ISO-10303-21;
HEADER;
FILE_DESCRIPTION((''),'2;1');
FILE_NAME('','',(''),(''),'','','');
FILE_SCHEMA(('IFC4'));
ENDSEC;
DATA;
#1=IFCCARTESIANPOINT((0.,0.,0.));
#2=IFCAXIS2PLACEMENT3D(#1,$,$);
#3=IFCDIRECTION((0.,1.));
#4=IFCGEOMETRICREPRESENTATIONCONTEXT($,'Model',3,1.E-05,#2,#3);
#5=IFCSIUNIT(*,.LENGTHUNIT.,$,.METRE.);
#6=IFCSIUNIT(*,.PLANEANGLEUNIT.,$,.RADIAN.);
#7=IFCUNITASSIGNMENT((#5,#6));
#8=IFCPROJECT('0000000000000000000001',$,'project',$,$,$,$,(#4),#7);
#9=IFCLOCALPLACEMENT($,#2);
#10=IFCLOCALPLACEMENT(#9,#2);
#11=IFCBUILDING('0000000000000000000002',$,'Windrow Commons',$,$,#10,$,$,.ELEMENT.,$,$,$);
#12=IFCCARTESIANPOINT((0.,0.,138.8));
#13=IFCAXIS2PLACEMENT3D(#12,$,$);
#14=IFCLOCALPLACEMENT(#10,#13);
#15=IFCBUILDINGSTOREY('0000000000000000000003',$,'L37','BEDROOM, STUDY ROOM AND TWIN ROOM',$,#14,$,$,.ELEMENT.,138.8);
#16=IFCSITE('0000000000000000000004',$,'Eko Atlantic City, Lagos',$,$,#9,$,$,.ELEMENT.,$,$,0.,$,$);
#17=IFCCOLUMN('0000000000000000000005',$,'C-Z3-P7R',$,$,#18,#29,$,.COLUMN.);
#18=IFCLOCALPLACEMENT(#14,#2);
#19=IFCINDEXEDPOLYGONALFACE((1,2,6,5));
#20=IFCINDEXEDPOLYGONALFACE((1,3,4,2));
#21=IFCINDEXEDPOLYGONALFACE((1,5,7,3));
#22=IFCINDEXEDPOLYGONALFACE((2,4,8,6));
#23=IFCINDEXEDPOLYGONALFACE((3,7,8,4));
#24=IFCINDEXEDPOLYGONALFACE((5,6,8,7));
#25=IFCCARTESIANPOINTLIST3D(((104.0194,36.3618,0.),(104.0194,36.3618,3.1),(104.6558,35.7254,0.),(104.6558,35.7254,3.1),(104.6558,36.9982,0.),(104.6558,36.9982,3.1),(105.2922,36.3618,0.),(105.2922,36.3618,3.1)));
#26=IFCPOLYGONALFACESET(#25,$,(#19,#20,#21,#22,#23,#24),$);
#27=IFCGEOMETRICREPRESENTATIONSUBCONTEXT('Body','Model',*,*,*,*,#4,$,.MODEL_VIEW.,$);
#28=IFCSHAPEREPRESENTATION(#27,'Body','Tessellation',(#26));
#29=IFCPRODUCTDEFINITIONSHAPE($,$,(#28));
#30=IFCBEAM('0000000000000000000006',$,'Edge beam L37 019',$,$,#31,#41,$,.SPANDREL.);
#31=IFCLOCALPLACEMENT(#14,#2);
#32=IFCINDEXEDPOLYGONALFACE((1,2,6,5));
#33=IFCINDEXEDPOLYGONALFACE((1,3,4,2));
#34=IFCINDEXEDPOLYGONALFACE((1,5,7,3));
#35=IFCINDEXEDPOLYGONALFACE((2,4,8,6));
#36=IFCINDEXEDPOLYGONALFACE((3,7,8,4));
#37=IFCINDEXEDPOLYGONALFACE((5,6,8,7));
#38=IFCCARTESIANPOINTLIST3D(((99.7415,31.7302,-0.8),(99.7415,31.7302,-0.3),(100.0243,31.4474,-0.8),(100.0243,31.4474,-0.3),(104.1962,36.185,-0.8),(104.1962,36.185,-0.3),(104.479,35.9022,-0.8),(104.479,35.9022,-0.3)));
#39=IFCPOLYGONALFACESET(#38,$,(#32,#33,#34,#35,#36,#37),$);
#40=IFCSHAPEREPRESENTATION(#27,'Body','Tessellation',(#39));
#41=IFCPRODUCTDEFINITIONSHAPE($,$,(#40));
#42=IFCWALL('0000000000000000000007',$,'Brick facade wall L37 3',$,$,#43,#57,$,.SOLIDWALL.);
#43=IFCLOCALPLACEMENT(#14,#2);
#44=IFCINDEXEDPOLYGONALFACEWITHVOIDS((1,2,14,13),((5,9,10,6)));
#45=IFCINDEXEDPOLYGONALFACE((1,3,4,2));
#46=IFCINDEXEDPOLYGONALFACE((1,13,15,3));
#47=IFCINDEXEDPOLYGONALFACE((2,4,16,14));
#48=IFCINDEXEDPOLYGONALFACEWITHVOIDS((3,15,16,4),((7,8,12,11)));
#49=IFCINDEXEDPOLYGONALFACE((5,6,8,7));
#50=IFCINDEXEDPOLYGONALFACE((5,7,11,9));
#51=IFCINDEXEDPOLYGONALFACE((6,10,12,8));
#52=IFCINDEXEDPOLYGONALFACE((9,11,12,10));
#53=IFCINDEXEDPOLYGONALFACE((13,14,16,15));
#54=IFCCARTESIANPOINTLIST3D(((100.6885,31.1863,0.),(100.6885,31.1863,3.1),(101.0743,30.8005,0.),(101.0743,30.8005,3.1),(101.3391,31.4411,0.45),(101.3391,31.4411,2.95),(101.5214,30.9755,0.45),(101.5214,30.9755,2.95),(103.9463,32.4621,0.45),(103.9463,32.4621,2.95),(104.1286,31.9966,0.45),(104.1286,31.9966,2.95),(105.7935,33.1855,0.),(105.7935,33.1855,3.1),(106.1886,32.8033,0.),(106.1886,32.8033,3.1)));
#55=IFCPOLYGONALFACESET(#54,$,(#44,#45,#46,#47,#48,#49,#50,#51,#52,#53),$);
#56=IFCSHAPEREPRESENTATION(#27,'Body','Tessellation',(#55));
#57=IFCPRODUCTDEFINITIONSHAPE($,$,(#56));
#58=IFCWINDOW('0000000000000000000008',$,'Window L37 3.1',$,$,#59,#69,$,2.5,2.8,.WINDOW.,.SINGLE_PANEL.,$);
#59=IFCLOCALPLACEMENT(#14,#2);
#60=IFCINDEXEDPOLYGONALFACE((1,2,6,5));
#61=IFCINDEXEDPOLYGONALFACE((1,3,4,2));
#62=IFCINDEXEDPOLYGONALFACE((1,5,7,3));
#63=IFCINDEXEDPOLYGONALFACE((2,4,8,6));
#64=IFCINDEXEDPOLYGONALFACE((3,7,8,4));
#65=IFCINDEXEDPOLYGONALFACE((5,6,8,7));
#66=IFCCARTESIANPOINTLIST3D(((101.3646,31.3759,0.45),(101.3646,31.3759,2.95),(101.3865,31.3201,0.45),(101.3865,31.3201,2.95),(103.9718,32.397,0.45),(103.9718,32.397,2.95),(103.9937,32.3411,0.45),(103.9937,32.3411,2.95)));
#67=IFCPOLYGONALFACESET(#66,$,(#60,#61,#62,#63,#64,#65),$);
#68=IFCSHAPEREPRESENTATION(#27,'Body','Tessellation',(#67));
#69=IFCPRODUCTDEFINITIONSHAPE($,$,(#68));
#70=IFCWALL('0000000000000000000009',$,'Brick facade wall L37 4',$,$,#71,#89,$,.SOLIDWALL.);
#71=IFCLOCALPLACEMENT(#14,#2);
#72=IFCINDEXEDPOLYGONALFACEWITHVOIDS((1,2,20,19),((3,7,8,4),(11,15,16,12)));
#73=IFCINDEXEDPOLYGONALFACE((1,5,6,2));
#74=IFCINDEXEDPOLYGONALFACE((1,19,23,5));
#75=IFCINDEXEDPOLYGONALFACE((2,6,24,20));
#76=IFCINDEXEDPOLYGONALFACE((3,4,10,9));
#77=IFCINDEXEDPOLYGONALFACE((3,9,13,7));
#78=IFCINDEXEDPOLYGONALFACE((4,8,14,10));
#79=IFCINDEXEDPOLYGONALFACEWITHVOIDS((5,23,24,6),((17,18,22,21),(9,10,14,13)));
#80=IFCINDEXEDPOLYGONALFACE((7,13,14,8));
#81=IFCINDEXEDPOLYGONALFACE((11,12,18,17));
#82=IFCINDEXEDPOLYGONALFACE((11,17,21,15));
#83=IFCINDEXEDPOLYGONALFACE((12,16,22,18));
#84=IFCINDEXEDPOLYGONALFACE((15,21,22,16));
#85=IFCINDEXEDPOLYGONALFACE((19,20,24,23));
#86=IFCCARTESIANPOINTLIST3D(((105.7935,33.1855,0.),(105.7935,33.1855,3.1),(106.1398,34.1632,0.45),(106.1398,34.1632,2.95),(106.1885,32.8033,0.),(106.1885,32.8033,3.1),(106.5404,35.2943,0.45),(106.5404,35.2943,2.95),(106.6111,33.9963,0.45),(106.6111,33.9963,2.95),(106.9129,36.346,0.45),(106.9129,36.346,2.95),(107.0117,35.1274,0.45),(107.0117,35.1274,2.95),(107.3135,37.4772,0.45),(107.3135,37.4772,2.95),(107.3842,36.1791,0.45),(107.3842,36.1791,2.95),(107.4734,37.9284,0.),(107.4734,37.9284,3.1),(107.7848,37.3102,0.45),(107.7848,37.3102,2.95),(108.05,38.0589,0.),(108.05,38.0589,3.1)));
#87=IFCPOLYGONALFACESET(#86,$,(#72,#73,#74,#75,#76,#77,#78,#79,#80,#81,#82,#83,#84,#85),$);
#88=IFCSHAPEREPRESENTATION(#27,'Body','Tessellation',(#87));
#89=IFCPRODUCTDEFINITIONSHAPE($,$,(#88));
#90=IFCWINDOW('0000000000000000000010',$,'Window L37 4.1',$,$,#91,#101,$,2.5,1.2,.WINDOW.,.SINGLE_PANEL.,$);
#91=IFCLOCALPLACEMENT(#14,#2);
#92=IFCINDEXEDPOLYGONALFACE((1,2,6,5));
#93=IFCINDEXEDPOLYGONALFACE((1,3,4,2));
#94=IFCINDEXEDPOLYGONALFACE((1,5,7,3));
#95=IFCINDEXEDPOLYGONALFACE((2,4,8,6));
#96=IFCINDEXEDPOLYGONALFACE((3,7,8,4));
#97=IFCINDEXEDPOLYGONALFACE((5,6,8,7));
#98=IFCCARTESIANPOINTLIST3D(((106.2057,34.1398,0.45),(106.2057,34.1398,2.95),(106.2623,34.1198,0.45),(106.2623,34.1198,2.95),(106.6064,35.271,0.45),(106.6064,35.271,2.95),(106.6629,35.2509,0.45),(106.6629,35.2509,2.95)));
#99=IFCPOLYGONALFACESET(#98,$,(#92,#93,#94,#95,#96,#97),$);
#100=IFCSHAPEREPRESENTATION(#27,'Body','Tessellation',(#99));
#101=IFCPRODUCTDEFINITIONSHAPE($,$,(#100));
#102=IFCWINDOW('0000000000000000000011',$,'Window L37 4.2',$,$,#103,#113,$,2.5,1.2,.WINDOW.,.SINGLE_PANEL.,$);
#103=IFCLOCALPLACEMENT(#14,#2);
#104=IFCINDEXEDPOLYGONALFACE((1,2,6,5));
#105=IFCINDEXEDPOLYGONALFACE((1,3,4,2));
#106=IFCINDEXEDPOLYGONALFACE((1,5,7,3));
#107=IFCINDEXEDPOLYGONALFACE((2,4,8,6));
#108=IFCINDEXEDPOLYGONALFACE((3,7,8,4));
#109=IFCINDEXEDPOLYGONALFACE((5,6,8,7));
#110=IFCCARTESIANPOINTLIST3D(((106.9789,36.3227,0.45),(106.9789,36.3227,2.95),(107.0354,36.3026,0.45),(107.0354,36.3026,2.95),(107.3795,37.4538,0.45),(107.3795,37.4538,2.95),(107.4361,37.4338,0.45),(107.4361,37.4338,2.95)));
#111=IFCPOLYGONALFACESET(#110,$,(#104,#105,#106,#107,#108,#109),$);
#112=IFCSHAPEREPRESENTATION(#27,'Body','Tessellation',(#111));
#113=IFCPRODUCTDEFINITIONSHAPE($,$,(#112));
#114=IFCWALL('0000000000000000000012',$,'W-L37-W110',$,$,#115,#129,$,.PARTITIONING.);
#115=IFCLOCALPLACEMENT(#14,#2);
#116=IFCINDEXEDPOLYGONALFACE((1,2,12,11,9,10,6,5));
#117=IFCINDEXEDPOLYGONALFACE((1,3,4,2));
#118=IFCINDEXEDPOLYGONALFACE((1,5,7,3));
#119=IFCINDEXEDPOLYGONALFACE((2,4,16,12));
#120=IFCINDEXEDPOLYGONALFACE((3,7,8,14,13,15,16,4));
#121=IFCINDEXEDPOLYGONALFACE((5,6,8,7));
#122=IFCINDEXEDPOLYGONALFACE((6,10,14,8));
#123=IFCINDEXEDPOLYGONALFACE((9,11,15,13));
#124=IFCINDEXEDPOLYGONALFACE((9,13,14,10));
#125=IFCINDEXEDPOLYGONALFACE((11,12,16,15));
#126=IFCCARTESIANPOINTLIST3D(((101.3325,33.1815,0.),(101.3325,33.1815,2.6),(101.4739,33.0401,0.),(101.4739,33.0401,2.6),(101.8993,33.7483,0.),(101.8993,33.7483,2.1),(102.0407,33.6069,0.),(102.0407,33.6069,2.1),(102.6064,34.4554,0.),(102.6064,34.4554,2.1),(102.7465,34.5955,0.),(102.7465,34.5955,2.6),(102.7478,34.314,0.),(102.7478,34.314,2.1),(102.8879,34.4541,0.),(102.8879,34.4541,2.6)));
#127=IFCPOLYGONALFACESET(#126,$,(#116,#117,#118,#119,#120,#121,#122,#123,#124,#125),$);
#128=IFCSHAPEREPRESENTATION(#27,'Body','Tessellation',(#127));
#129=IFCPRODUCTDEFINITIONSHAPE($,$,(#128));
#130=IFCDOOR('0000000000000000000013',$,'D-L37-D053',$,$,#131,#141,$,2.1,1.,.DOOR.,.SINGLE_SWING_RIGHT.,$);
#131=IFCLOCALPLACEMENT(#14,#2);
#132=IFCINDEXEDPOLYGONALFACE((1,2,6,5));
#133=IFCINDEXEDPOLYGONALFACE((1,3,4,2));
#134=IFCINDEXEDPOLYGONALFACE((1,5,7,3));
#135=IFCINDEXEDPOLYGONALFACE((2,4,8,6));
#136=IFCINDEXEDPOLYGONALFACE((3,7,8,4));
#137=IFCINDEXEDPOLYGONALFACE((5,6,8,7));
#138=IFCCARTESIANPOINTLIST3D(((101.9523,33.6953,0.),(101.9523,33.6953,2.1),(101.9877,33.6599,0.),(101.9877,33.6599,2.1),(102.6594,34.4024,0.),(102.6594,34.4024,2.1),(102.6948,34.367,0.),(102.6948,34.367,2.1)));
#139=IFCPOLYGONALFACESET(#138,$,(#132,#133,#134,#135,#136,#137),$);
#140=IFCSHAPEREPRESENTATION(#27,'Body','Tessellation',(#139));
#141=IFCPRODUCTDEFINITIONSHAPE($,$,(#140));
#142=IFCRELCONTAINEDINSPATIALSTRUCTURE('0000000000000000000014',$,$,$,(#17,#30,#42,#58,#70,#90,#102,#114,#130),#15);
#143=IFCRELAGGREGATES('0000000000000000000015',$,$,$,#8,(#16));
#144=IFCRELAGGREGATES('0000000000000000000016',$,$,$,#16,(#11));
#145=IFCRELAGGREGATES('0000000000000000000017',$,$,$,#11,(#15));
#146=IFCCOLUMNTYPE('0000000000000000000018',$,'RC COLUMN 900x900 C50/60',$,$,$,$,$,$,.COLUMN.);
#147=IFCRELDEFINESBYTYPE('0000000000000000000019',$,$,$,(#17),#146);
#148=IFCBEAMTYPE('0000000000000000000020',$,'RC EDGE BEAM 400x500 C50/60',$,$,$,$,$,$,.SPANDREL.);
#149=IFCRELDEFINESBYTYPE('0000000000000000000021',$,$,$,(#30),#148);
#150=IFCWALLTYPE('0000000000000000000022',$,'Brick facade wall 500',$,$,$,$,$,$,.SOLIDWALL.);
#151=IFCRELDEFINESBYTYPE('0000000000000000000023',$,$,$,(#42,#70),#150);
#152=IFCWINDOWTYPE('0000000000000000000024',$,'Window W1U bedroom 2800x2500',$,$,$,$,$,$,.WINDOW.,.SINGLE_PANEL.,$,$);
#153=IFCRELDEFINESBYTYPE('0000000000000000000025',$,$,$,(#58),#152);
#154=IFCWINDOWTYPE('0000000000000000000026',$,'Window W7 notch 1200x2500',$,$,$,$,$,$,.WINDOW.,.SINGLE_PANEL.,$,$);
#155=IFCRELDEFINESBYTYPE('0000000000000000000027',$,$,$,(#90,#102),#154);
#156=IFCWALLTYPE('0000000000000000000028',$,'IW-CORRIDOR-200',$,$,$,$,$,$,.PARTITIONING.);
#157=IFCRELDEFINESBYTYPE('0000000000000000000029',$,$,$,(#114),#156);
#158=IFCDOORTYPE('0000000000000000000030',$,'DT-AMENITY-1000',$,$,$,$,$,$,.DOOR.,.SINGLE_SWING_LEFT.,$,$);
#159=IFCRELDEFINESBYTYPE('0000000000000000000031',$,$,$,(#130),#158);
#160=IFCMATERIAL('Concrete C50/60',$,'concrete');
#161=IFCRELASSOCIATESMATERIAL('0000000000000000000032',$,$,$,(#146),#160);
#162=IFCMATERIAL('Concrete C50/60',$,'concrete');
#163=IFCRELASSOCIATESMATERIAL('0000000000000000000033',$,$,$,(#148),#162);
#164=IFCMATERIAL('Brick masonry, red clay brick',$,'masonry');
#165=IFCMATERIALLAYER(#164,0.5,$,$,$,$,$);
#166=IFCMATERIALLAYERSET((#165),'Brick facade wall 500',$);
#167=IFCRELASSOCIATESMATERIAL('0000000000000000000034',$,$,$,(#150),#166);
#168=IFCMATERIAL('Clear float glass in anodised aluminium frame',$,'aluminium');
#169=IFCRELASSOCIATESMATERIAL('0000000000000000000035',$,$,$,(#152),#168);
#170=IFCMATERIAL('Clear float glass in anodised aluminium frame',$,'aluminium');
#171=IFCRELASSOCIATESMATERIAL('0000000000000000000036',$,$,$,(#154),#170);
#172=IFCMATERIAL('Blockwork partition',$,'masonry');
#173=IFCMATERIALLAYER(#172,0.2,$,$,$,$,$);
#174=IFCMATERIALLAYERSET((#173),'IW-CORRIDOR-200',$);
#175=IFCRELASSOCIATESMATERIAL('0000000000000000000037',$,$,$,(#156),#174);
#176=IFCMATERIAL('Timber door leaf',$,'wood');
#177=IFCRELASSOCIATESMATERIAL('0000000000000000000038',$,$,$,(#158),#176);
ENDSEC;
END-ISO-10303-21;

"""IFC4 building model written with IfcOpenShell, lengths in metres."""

from ifc_helpers import new_model, si_unit, direction, frame, frame_2d, origin, origin_2d, place, context, subcontext, project, spatial, polyline, rectangle, outline, extrude, material, layer, layer_set, material_profile, profile_set, type_object, element, fill, save


model = new_model("IFC4")

# Units and contexts
model_context = context("Model", 3, precision=1e-05, world=origin(), true_north=direction((0.0, 1.0)))
body_context = subcontext(model_context, "Body", "Model", "MODEL_VIEW")
ifc_project = project(units=[si_unit("LENGTHUNIT", "METRE"), si_unit("PLANEANGLEUNIT", "RADIAN")], contexts=[model_context])

# Site, building, storey
site_placement = place(None, origin())
site = spatial("IfcSite", under=ifc_project, at=site_placement, Name="Eko Atlantic City, Lagos", CompositionType="ELEMENT", RefElevation=0.0)
building_placement = place(site_placement, origin())
building = spatial("IfcBuilding", under=site, at=building_placement, Name="Windrow Commons", CompositionType="ELEMENT")
storey_placement = place(building_placement, frame((0.0, 0.0, 138.8)))
storey = spatial("IfcBuildingStorey", under=building, at=storey_placement, Name="L37", Description="BEDROOM, STUDY ROOM AND TWIN ROOM", CompositionType="ELEMENT", Elevation=138.8)

# Column
ifc_material_1 = material(Name="Concrete C50/60", Category="concrete")
ifc_material_profile_1 = material_profile(ifc_material_1, rectangle(XDim=0.9, YDim=0.9, at=origin_2d()))
ifc_profile_set_1 = profile_set([ifc_material_profile_1], Name="Concrete C50/60")
column_type = type_object("IfcColumnType", Name="RC COLUMN 900x900 C50/60", PredefinedType="COLUMN", material=ifc_profile_set_1)
column_placement = place(storey_placement, frame((104.6558, 36.3618, 0.0), z_axis=(0.0, 0.0, 1.0), x_axis=(0.707107, -0.707107, 0.0)))
element("IfcColumn", 1, at=column_placement, inside=storey, type_object=column_type, Name="C-Z3-P7R", PredefinedType="COLUMN", context=body_context, shape_type="SweptSolid", body=[
    extrude(rectangle(XDim=0.9, YDim=0.9, at=origin_2d()), origin(), (0.0, 0.0, 1.0), 3.1),
])

# Beam
ifc_material_2 = material(Name="Concrete C50/60", Category="concrete")
ifc_material_profile_2 = material_profile(ifc_material_2, rectangle(XDim=0.4, YDim=0.5, at=origin_2d()))
ifc_profile_set_2 = profile_set([ifc_material_profile_2], Name="Concrete C50/60")
beam_type = type_object("IfcBeamType", Name="RC EDGE BEAM 400x500 C50/60", PredefinedType="SPANDREL", material=ifc_profile_set_2)
beam_placement = place(storey_placement, frame((104.3376, 36.0436, -0.55), z_axis=(-0.707099, -0.707115, 0.0), x_axis=(0.707115, -0.707099, 0.0)))
element("IfcBeam", 2, at=beam_placement, inside=storey, type_object=beam_type, Name="Edge beam L37 019", PredefinedType="SPANDREL", context=body_context, shape_type="SweptSolid", body=[
    extrude(rectangle(XDim=0.4, YDim=0.5, at=origin_2d()), origin(), (0.0, 0.0, 1.0), 6.3),
])

# Wall, opening, window
ifc_material_3 = material(Name="Brick masonry, red clay brick", Category="masonry")
ifc_layer_1 = layer(ifc_material_3, 0.5)
ifc_layer_set_1 = layer_set([ifc_layer_1], Name="Brick facade wall 500")
wall_type_1 = type_object("IfcWallType", Name="Brick facade wall 500", PredefinedType="SOLIDWALL", material=ifc_layer_set_1)
wall_1_placement = place(storey_placement, frame((100.8814, 30.9934, 0.0), z_axis=(0.0, 0.0, 1.0), x_axis=(0.931144, 0.364651, 0.0)))
wall_1 = element("IfcWall", 3, at=wall_1_placement, inside=storey, type_object=wall_type_1, Name="Brick facade wall L37 3", PredefinedType="SOLIDWALL", context=body_context, shape_type="SweptSolid", body=[
    extrude(outline(polyline([(0.1093, -0.25), (5.6017, -0.25), (5.3732, 0.25), (-0.1093, 0.25), (0.1093, -0.25)])), origin(), (0.0, 0.0, 1.0), 3.1),
])
opening_1_placement = place(wall_1_placement, frame((0.5894, 0.0, 0.45)))
opening_1 = element("IfcOpeningElement", 4, at=opening_1_placement, cuts=wall_1, PredefinedType="OPENING", context=body_context, shape_type="SweptSolid", body=[
    extrude(rectangle(XDim=2.8, YDim=2.5, at=frame_2d((1.4, 1.25))), frame((0.0, 0.26, 0.0), z_axis=(0.0, -1.0, 0.0), x_axis=(1.0, 0.0, 0.0)), (0.0, 0.0, 1.0), 0.52),
])
ifc_material_4 = material(Name="Clear float glass in anodised aluminium frame", Category="aluminium")
window_type_1 = type_object("IfcWindowType", Name="Window W1U bedroom 2800x2500", PartitioningType="SINGLE_PANEL", PredefinedType="WINDOW", material=ifc_material_4)
window_1_placement = place(opening_1_placement, origin())
window_1 = element("IfcWindow", 5, at=window_1_placement, inside=storey, type_object=window_type_1, Name="Window L37 3.1", OverallHeight=2.5, OverallWidth=2.8, PartitioningType="SINGLE_PANEL", PredefinedType="WINDOW", context=body_context, shape_type="SweptSolid", body=[
    extrude(rectangle(XDim=2.8, YDim=2.5, at=frame_2d((1.4, 1.25))), frame((0.0, 0.18, 0.0), z_axis=(0.0, -1.0, 0.0), x_axis=(1.0, 0.0, 0.0)), (0.0, 0.0, 1.0), 0.06),
])
fill(opening_1, window_1)

# Wall, openings, windows
wall_2_placement = place(storey_placement, frame((105.991, 32.9944, 0.0), z_axis=(0.0, 0.0, 1.0), x_axis=(0.333866, 0.94262, 0.0)))
wall_2 = element("IfcWall", 6, at=wall_2_placement, inside=storey, type_object=wall_type_1, Name="Brick facade wall L37 4", PredefinedType="SOLIDWALL", context=body_context, shape_type="SweptSolid", body=[
    extrude(outline(polyline([(-0.1142, -0.25), (5.4613, -0.25), (5.1458, 0.25), (0.1142, 0.25), (-0.1142, -0.25)])), origin(), (0.0, 0.0, 1.0), 3.1),
])
opening_2_placement = place(wall_2_placement, frame((1.1514, 0.0, 0.45)))
opening_2 = element("IfcOpeningElement", 7, at=opening_2_placement, cuts=wall_2, PredefinedType="OPENING", context=body_context, shape_type="SweptSolid", body=[
    extrude(rectangle(XDim=1.2, YDim=2.5, at=frame_2d((0.6, 1.25))), frame((0.0, 0.26, 0.0), z_axis=(0.0, -1.0, 0.0), x_axis=(1.0, 0.0, 0.0)), (0.0, 0.0, 1.0), 0.52),
])
opening_3_placement = place(wall_2_placement, frame((3.4671, 0.0, 0.45)))
opening_3 = element("IfcOpeningElement", 8, at=opening_3_placement, cuts=wall_2, PredefinedType="OPENING", context=body_context, shape_type="SweptSolid", body=[
    extrude(rectangle(XDim=1.2, YDim=2.5, at=frame_2d((0.6, 1.25))), frame((0.0, 0.26, 0.0), z_axis=(0.0, -1.0, 0.0), x_axis=(1.0, 0.0, 0.0)), (0.0, 0.0, 1.0), 0.52),
])
ifc_material_5 = material(Name="Clear float glass in anodised aluminium frame", Category="aluminium")
window_type_2 = type_object("IfcWindowType", Name="Window W7 notch 1200x2500", PartitioningType="SINGLE_PANEL", PredefinedType="WINDOW", material=ifc_material_5)
window_2_placement = place(opening_2_placement, origin())
window_2 = element("IfcWindow", 9, at=window_2_placement, inside=storey, type_object=window_type_2, Name="Window L37 4.1", OverallHeight=2.5, OverallWidth=1.2, PartitioningType="SINGLE_PANEL", PredefinedType="WINDOW", context=body_context, shape_type="SweptSolid", body=[
    extrude(rectangle(XDim=1.2, YDim=2.5, at=frame_2d((0.6, 1.25))), frame((0.0, 0.18, 0.0), z_axis=(0.0, -1.0, 0.0), x_axis=(1.0, 0.0, 0.0)), (0.0, 0.0, 1.0), 0.06),
])
fill(opening_2, window_2)
window_3_placement = place(opening_3_placement, origin())
window_3 = element("IfcWindow", 10, at=window_3_placement, inside=storey, type_object=window_type_2, Name="Window L37 4.2", OverallHeight=2.5, OverallWidth=1.2, PartitioningType="SINGLE_PANEL", PredefinedType="WINDOW", context=body_context, shape_type="SweptSolid", body=[
    extrude(rectangle(XDim=1.2, YDim=2.5, at=frame_2d((0.6, 1.25))), frame((0.0, 0.18, 0.0), z_axis=(0.0, -1.0, 0.0), x_axis=(1.0, 0.0, 0.0)), (0.0, 0.0, 1.0), 0.06),
])
fill(opening_3, window_3)

# Wall, opening, door
ifc_material_6 = material(Name="Blockwork partition", Category="masonry")
ifc_layer_2 = layer(ifc_material_6, 0.2)
ifc_layer_set_2 = layer_set([ifc_layer_2], Name="IW-CORRIDOR-200")
wall_type_2 = type_object("IfcWallType", Name="IW-CORRIDOR-200", PredefinedType="PARTITIONING", material=ifc_layer_set_2)
wall_3_placement = place(storey_placement, frame((101.4032, 33.1108, 0.0), z_axis=(0.0, 0.0, 1.0), x_axis=(0.707107, 0.707107, 0.0)))
wall_3 = element("IfcWall", 11, at=wall_3_placement, inside=storey, type_object=wall_type_2, Name="W-L37-W110", PredefinedType="PARTITIONING", context=body_context, shape_type="SweptSolid", body=[
    extrude(rectangle(XDim=1.9997, YDim=0.2, at=frame_2d((0.9999, 0.0))), origin(), (0.0, 0.0, 1.0), 2.6),
])
opening_4_placement = place(wall_3_placement, frame((0.8016, 0.0, 0.0)))
opening_4 = element("IfcOpeningElement", 12, at=opening_4_placement, cuts=wall_3, PredefinedType="OPENING", context=body_context, shape_type="SweptSolid", body=[
    extrude(rectangle(XDim=1.0, YDim=2.1, at=frame_2d((0.5, 1.05))), frame((0.0, 0.11, 0.0), z_axis=(0.0, -1.0, 0.0), x_axis=(1.0, 0.0, 0.0)), (0.0, 0.0, 1.0), 0.22),
])
ifc_material_7 = material(Name="Timber door leaf", Category="wood")
door_type_1 = type_object("IfcDoorType", Name="DT-AMENITY-1000", OperationType="SINGLE_SWING_LEFT", PredefinedType="DOOR", material=ifc_material_7)
door_1_placement = place(opening_4_placement, origin())
door_1 = element("IfcDoor", 13, at=door_1_placement, inside=storey, type_object=door_type_1, Name="D-L37-D053", OperationType="SINGLE_SWING_RIGHT", OverallHeight=2.1, OverallWidth=1.0, PredefinedType="DOOR", context=body_context, shape_type="SweptSolid", body=[
    extrude(rectangle(XDim=1.0, YDim=2.1, at=frame_2d((0.5, 1.05))), frame((0.0, 0.025, 0.0), z_axis=(0.0, -1.0, 0.0), x_axis=(1.0, 0.0, 0.0)), (0.0, 0.0, 1.0), 0.05),
])
fill(opening_4, door_1)

save(model, "model.ifc")
